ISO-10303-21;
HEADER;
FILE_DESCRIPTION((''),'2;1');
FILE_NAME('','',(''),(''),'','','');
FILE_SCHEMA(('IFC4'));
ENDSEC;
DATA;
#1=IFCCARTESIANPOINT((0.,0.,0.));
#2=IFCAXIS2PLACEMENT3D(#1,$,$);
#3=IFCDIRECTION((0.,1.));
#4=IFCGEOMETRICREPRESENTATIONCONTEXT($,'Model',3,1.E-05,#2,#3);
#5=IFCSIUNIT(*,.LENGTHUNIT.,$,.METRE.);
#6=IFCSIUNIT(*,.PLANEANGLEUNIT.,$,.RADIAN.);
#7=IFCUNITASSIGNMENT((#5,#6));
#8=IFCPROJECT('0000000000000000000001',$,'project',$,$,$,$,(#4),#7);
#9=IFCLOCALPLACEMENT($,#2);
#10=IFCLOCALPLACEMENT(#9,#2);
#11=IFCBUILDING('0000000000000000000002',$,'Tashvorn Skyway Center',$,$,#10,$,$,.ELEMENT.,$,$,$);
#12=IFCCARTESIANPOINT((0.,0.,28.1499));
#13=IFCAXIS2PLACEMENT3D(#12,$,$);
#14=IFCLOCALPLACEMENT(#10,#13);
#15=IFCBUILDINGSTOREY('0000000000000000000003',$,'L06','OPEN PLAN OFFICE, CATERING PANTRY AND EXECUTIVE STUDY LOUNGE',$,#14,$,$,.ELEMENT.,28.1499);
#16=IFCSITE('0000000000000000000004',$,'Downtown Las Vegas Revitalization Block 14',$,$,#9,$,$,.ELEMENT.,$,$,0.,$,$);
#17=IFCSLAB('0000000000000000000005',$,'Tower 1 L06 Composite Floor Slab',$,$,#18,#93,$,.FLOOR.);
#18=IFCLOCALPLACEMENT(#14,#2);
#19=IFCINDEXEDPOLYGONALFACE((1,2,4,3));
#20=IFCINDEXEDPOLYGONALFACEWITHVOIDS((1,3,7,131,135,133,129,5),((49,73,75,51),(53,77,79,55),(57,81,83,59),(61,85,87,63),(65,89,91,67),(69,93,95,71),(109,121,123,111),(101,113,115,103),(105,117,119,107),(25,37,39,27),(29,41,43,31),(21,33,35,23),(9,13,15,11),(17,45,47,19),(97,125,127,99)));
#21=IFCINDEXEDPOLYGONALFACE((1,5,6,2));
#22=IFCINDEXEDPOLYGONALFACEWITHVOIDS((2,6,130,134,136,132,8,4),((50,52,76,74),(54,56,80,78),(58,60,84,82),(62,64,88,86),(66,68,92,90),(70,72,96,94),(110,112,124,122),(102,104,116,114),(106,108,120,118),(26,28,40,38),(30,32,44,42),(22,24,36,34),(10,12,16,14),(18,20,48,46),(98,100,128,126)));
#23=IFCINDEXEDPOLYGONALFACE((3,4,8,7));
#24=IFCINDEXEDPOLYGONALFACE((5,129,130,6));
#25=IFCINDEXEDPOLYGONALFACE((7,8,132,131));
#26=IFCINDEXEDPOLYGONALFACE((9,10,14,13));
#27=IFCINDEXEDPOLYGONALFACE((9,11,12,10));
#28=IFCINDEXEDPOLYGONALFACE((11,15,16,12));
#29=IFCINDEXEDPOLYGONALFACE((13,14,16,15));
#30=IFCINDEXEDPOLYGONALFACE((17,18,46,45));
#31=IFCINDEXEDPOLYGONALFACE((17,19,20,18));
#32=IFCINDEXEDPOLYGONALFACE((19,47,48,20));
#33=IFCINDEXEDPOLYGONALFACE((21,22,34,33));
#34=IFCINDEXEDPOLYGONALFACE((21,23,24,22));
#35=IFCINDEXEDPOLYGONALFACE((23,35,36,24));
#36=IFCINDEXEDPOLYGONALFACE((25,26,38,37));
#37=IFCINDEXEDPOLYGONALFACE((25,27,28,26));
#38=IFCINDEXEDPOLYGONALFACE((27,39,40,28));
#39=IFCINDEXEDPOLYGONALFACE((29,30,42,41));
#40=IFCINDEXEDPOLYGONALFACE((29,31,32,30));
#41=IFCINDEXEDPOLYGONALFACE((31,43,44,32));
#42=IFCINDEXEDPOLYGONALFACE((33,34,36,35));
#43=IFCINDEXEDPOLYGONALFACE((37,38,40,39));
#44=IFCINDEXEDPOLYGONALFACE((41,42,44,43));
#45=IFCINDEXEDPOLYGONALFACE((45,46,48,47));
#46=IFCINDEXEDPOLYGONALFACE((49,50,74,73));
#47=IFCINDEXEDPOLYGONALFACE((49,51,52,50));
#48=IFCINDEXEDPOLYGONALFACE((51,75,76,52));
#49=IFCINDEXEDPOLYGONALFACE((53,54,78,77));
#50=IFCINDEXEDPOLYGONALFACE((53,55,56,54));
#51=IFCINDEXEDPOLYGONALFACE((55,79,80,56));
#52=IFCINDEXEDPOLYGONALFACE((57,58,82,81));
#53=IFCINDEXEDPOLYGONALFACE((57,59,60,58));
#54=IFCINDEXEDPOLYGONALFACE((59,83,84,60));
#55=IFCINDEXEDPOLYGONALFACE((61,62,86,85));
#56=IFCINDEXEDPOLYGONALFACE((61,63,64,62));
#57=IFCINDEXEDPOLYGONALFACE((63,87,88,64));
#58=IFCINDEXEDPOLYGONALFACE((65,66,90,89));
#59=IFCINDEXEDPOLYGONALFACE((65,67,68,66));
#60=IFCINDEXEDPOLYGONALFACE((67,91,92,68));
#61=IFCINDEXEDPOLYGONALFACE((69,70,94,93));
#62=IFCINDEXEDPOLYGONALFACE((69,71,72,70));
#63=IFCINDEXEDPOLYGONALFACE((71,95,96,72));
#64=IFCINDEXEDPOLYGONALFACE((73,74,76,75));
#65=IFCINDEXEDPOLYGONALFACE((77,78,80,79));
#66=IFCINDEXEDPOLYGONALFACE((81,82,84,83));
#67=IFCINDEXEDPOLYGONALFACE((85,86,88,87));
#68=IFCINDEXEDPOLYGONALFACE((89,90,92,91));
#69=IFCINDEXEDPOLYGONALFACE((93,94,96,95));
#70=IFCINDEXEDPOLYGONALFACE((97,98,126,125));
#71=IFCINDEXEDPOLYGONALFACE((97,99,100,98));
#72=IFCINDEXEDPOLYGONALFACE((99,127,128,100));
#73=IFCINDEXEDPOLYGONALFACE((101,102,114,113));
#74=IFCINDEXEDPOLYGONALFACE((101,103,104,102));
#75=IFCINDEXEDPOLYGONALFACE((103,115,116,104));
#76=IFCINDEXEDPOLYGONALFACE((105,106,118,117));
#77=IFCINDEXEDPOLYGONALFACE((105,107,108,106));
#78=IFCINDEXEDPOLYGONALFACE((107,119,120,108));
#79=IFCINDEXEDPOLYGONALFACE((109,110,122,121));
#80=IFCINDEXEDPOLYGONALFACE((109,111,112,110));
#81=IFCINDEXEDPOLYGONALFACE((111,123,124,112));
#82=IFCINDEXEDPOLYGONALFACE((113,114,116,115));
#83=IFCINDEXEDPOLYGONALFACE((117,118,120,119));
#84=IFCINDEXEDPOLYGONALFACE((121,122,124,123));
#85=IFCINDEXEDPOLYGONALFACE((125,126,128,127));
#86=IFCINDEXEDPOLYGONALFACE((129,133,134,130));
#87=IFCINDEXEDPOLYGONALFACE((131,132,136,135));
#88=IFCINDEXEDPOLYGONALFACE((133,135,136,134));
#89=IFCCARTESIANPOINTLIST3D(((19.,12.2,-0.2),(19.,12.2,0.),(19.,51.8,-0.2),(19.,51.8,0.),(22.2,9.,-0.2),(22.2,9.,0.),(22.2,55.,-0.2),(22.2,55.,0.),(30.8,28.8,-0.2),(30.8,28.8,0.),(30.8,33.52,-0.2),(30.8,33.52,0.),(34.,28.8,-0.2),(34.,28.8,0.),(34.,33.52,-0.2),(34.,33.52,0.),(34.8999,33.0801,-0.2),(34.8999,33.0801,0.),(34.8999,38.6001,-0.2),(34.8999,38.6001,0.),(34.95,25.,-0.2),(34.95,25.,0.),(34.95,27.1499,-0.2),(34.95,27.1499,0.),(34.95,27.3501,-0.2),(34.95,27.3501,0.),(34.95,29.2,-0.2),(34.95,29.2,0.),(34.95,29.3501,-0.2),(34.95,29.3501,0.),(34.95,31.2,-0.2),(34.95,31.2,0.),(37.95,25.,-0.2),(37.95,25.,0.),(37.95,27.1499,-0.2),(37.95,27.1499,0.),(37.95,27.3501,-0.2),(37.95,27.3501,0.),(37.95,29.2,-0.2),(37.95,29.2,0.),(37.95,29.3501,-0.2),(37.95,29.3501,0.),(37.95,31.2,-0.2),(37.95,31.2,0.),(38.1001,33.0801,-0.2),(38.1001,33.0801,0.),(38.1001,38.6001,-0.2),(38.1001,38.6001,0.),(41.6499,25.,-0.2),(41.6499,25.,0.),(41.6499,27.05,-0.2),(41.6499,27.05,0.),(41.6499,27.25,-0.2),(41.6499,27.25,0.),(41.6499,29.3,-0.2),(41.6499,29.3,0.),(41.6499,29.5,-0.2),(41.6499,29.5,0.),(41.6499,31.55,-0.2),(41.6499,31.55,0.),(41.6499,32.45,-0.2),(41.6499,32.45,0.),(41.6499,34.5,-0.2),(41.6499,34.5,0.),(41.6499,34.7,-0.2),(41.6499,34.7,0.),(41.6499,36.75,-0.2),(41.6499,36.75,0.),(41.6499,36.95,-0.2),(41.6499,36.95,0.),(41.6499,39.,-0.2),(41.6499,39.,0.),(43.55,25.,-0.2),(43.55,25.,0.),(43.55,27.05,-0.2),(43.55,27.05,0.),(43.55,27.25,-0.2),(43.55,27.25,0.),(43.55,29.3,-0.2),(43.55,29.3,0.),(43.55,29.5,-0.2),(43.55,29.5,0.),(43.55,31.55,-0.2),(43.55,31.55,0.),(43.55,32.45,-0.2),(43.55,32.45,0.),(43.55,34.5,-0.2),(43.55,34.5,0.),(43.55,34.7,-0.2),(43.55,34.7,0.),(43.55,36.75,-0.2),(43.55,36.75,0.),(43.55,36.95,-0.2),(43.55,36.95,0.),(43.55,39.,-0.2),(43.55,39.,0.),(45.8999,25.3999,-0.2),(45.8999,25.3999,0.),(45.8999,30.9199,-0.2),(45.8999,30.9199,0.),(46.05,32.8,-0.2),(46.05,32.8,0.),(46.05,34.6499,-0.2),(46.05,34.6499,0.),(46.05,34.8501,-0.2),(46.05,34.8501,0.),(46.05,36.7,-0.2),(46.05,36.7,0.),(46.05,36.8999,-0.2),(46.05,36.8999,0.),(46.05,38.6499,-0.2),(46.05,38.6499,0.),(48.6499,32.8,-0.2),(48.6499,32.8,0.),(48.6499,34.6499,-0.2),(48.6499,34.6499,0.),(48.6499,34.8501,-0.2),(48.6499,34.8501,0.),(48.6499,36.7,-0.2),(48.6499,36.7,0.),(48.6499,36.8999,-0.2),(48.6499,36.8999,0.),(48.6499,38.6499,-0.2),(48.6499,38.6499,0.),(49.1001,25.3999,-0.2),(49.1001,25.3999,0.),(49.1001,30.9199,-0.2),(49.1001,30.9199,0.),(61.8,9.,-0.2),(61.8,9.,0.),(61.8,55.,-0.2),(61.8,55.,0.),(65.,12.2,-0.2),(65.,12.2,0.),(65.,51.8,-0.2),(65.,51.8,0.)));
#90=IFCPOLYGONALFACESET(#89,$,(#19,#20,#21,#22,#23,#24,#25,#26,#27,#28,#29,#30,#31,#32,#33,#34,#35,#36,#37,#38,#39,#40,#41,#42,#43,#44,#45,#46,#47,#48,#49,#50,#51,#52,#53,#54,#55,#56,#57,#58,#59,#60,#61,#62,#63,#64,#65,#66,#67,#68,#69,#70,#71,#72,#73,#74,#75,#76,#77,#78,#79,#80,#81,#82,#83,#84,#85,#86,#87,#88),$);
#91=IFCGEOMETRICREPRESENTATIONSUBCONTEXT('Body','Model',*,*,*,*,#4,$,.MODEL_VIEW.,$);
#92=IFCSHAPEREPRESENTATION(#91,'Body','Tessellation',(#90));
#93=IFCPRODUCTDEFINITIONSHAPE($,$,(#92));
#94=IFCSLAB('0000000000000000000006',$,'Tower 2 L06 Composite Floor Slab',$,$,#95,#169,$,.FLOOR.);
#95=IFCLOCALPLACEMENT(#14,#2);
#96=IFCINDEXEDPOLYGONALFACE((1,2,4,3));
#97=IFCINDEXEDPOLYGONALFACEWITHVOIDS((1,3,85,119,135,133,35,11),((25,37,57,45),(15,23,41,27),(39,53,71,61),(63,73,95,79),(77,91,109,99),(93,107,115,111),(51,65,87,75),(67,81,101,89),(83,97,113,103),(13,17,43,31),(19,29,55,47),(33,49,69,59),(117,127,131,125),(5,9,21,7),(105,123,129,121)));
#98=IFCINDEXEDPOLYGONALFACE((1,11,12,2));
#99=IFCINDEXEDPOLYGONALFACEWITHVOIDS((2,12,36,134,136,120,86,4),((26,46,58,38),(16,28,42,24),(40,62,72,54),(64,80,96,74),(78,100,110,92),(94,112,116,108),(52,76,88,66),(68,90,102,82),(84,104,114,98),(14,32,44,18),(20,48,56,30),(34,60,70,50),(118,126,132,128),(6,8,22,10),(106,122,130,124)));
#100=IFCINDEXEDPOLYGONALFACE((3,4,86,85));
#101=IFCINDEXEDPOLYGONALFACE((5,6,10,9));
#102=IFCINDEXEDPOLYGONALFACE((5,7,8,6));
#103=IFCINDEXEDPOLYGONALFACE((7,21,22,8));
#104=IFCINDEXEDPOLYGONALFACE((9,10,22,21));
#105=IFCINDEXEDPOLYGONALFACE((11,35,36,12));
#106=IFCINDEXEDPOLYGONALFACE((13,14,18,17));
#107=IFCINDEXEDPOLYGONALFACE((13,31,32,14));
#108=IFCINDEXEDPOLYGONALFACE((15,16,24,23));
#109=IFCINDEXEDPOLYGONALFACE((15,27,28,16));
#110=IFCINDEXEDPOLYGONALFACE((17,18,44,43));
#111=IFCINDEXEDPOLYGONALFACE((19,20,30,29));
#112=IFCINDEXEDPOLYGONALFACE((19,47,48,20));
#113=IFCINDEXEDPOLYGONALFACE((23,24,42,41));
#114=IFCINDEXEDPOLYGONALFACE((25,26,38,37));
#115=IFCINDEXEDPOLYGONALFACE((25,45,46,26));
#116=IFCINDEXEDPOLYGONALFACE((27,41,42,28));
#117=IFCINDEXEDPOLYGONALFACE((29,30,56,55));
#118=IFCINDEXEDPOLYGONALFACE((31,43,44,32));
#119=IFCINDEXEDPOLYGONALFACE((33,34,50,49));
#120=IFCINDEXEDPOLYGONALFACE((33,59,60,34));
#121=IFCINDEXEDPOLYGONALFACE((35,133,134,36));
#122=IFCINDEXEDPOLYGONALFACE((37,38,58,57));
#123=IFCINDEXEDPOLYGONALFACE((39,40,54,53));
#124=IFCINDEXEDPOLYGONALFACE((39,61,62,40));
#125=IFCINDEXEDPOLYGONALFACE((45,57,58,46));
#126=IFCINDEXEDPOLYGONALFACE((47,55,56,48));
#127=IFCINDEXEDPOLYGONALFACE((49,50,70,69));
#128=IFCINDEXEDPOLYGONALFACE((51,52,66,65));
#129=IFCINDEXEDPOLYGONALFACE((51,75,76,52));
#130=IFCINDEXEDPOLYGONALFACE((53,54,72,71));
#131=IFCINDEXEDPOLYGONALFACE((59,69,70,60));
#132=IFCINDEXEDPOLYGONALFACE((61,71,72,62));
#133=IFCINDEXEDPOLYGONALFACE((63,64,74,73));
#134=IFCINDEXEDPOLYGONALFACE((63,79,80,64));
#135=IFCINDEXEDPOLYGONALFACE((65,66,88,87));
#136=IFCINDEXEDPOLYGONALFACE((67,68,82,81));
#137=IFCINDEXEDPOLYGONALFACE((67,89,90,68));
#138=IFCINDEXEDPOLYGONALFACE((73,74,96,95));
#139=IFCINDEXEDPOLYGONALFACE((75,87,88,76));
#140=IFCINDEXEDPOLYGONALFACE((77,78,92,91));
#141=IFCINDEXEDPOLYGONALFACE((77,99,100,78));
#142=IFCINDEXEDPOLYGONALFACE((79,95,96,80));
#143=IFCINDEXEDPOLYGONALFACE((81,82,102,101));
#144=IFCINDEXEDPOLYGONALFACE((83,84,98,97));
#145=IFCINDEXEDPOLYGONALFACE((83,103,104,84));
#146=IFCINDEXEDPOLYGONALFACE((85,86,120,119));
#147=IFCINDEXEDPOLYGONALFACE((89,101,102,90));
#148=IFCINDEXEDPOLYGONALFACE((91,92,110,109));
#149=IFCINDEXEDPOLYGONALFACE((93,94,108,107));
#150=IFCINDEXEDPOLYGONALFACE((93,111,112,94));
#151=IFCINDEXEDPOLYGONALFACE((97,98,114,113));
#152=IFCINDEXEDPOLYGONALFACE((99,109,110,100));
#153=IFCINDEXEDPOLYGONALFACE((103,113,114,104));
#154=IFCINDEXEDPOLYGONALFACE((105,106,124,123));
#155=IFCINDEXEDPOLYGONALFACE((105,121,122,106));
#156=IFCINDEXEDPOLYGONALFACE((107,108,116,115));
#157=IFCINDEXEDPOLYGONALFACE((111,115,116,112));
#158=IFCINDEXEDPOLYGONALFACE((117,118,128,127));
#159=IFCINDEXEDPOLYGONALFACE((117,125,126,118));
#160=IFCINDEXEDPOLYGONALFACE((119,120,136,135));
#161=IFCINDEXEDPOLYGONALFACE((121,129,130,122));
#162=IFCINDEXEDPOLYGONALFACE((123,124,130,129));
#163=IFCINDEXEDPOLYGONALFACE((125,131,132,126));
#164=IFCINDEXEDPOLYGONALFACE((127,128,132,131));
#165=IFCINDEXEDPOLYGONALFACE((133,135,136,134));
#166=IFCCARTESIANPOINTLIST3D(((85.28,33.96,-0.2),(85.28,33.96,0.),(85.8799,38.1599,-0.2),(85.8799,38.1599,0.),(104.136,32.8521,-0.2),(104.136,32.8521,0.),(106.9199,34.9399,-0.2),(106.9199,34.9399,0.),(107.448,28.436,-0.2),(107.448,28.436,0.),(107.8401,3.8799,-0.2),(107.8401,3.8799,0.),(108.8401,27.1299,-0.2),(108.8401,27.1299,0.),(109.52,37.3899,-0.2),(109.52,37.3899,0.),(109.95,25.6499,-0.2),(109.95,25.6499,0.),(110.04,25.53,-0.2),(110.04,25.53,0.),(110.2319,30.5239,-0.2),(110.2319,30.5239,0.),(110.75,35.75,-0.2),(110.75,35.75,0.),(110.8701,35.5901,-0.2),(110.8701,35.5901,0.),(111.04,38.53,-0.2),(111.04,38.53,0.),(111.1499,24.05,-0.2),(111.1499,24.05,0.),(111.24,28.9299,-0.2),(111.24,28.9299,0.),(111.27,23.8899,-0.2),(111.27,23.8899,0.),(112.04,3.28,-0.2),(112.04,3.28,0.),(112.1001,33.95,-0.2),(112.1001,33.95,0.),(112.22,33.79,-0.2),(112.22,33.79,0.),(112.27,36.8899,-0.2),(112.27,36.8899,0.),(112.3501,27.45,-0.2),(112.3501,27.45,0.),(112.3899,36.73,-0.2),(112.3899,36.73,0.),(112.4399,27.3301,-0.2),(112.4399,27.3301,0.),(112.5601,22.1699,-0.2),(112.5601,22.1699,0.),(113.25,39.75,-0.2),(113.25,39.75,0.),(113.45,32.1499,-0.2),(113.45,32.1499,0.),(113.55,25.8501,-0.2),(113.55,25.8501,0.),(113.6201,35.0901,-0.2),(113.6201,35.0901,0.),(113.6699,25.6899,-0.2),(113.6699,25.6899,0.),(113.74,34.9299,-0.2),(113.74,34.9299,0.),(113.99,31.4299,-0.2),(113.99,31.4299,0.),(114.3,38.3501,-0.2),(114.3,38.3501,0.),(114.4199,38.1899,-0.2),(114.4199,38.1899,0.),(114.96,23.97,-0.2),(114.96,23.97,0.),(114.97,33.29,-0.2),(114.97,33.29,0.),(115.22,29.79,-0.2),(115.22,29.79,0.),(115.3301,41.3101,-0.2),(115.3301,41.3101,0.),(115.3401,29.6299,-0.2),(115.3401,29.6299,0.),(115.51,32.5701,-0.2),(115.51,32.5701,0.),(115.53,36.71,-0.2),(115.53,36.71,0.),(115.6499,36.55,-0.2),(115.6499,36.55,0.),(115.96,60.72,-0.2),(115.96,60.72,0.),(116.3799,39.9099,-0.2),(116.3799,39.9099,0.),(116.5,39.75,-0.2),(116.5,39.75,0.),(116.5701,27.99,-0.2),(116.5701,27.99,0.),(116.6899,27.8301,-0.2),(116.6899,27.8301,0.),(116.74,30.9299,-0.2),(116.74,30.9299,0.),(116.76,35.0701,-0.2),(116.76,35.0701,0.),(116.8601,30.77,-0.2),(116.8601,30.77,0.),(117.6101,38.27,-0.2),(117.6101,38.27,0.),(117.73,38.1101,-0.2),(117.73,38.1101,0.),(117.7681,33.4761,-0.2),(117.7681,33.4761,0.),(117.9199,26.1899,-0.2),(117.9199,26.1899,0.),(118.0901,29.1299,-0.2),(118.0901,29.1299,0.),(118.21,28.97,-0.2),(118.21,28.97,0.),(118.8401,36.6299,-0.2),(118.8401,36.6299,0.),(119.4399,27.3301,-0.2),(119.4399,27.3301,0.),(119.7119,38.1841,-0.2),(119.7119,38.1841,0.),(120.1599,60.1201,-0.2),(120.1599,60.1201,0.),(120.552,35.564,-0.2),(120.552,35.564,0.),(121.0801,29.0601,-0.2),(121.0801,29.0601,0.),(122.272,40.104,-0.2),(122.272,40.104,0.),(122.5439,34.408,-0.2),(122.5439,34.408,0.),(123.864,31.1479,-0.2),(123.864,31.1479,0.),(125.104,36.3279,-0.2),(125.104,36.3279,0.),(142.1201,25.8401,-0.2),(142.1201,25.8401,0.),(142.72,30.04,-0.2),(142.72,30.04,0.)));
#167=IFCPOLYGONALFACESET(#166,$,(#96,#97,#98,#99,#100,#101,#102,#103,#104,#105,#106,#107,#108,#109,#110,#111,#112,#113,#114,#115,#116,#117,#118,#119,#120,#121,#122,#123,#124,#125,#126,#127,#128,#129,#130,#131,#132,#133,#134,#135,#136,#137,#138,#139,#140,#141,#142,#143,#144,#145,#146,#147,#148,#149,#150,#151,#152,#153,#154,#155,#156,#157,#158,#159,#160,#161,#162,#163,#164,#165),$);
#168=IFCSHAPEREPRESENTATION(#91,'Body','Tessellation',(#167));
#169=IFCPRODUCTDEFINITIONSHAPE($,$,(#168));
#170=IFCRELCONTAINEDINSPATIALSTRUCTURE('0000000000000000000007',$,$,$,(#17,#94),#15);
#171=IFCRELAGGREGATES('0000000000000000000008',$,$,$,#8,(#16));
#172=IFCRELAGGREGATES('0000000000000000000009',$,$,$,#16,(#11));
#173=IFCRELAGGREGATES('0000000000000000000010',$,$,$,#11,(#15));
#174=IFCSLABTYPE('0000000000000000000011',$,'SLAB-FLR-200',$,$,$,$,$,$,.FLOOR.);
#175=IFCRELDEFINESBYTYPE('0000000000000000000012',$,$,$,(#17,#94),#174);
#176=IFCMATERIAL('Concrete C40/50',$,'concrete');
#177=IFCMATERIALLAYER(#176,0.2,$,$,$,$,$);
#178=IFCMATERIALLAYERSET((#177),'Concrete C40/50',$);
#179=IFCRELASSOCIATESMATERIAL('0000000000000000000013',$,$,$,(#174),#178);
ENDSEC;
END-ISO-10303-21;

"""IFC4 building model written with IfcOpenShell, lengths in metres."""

from ifc_helpers import new_model, si_unit, direction, frame, origin, place, context, subcontext, project, spatial, polyline, outline, extrude, material, layer, layer_set, type_object, element, save


model = new_model("IFC4")

# Units and contexts
model_context = context("Model", 3, precision=1e-05, world=origin(), true_north=direction((0.0, 1.0)))
body_context = subcontext(model_context, "Body", "Model", "MODEL_VIEW")
ifc_project = project(units=[si_unit("LENGTHUNIT", "METRE"), si_unit("PLANEANGLEUNIT", "RADIAN")], contexts=[model_context])

# Site, building, storey
site_placement = place(None, origin())
site = spatial("IfcSite", under=ifc_project, at=site_placement, Name="Downtown Las Vegas Revitalization Block 14", CompositionType="ELEMENT", RefElevation=0.0)
building_placement = place(site_placement, origin())
building = spatial("IfcBuilding", under=site, at=building_placement, Name="Tashvorn Skyway Center", CompositionType="ELEMENT")
storey_placement = place(building_placement, frame((0.0, 0.0, 28.1499)))
storey = spatial("IfcBuildingStorey", under=building, at=storey_placement, Name="L06", Description="OPEN PLAN OFFICE, CATERING PANTRY AND EXECUTIVE STUDY LOUNGE", CompositionType="ELEMENT", Elevation=28.1499)

# Slabs
ifc_material_1 = material(Name="Concrete C40/50", Category="concrete")
ifc_layer_1 = layer(ifc_material_1, 0.2)
ifc_layer_set_1 = layer_set([ifc_layer_1], Name="Concrete C40/50")
slab_type_1 = type_object("IfcSlabType", Name="SLAB-FLR-200", PredefinedType="FLOOR", material=ifc_layer_set_1)
slab_1_placement = place(storey_placement, frame((0.0, 0.0, -0.2)))
element("IfcSlab", 1, at=slab_1_placement, inside=storey, type_object=slab_type_1, Name="Tower 1 L06 Composite Floor Slab", PredefinedType="FLOOR", context=body_context, shape_type="SweptSolid", body=[
    extrude(outline(polyline([(22.2, 9.0), (61.8, 9.0), (65.0, 12.2), (65.0, 51.8), (61.8, 55.0), (22.2, 55.0), (19.0, 51.8), (19.0, 12.2), (22.2, 9.0)]), holes=[polyline([(38.1001, 33.0801), (38.1001, 38.6001), (34.8999, 38.6001), (34.8999, 33.0801), (38.1001, 33.0801)]), polyline([(45.8999, 30.9199), (45.8999, 25.3999), (49.1001, 25.3999), (49.1001, 30.9199), (45.8999, 30.9199)]), polyline([(30.8, 33.52), (30.8, 28.8), (34.0, 28.8), (34.0, 33.52), (30.8, 33.52)]), polyline([(34.95, 29.3501), (37.95, 29.3501), (37.95, 31.2), (34.95, 31.2), (34.95, 29.3501)]), polyline([(34.95, 27.3501), (37.95, 27.3501), (37.95, 29.2), (34.95, 29.2), (34.95, 27.3501)]), polyline([(34.95, 25.0), (37.95, 25.0), (37.95, 27.1499), (34.95, 27.1499), (34.95, 25.0)]), polyline([(41.6499, 25.0), (43.55, 25.0), (43.55, 27.05), (41.6499, 27.05), (41.6499, 25.0)]), polyline([(41.6499, 27.25), (43.55, 27.25), (43.55, 29.3), (41.6499, 29.3), (41.6499, 27.25)]), polyline([(41.6499, 29.5), (43.55, 29.5), (43.55, 31.55), (41.6499, 31.55), (41.6499, 29.5)]), polyline([(41.6499, 32.45), (43.55, 32.45), (43.55, 34.5), (41.6499, 34.5), (41.6499, 32.45)]), polyline([(41.6499, 34.7), (43.55, 34.7), (43.55, 36.75), (41.6499, 36.75), (41.6499, 34.7)]), polyline([(41.6499, 36.95), (43.55, 36.95), (43.55, 39.0), (41.6499, 39.0), (41.6499, 36.95)]), polyline([(46.05, 32.8), (48.6499, 32.8), (48.6499, 34.6499), (46.05, 34.6499), (46.05, 32.8)]), polyline([(46.05, 34.8501), (48.6499, 34.8501), (48.6499, 36.7), (46.05, 36.7), (46.05, 34.8501)]), polyline([(46.05, 36.8999), (48.6499, 36.8999), (48.6499, 38.6499), (46.05, 38.6499), (46.05, 36.8999)])]), origin(), (0.0, 0.0, 1.0), 0.2),
])
slab_2_placement = place(storey_placement, frame((0.0, 0.0, -0.2)))
element("IfcSlab", 2, at=slab_2_placement, inside=storey, type_object=slab_type_1, Name="Tower 2 L06 Composite Floor Slab", PredefinedType="FLOOR", context=body_context, shape_type="SweptSolid", body=[
    extrude(outline(polyline([(112.04, 3.28), (142.1201, 25.8401), (142.72, 30.04), (120.1599, 60.1201), (115.96, 60.72), (85.8799, 38.1599), (85.28, 33.96), (107.8401, 3.8799), (112.04, 3.28)]), holes=[polyline([(110.2319, 30.5239), (106.9199, 34.9399), (104.136, 32.8521), (107.448, 28.436), (110.2319, 30.5239)]), polyline([(117.7681, 33.4761), (121.0801, 29.0601), (123.864, 31.1479), (120.552, 35.564), (117.7681, 33.4761)]), polyline([(119.7119, 38.1841), (122.5439, 34.408), (125.104, 36.3279), (122.272, 40.104), (119.7119, 38.1841)]), polyline([(109.95, 25.6499), (112.3501, 27.45), (111.24, 28.9299), (108.8401, 27.1299), (109.95, 25.6499)]), polyline([(111.1499, 24.05), (113.55, 25.8501), (112.4399, 27.3301), (110.04, 25.53), (111.1499, 24.05)]), polyline([(112.5601, 22.1699), (114.96, 23.97), (113.6699, 25.6899), (111.27, 23.8899), (112.5601, 22.1699)]), polyline([(117.9199, 26.1899), (119.4399, 27.3301), (118.21, 28.97), (116.6899, 27.8301), (117.9199, 26.1899)]), polyline([(116.5701, 27.99), (118.0901, 29.1299), (116.8601, 30.77), (115.3401, 29.6299), (116.5701, 27.99)]), polyline([(115.22, 29.79), (116.74, 30.9299), (115.51, 32.5701), (113.99, 31.4299), (115.22, 29.79)]), polyline([(113.45, 32.1499), (114.97, 33.29), (113.74, 34.9299), (112.22, 33.79), (113.45, 32.1499)]), polyline([(112.1001, 33.95), (113.6201, 35.0901), (112.3899, 36.73), (110.8701, 35.5901), (112.1001, 33.95)]), polyline([(110.75, 35.75), (112.27, 36.8899), (111.04, 38.53), (109.52, 37.3899), (110.75, 35.75)]), polyline([(116.76, 35.0701), (118.8401, 36.6299), (117.73, 38.1101), (115.6499, 36.55), (116.76, 35.0701)]), polyline([(115.53, 36.71), (117.6101, 38.27), (116.5, 39.75), (114.4199, 38.1899), (115.53, 36.71)]), polyline([(114.3, 38.3501), (116.3799, 39.9099), (115.3301, 41.3101), (113.25, 39.75), (114.3, 38.3501)])]), origin(), (0.0, 0.0, 1.0), 0.2),
])

save(model, "model.ifc")
